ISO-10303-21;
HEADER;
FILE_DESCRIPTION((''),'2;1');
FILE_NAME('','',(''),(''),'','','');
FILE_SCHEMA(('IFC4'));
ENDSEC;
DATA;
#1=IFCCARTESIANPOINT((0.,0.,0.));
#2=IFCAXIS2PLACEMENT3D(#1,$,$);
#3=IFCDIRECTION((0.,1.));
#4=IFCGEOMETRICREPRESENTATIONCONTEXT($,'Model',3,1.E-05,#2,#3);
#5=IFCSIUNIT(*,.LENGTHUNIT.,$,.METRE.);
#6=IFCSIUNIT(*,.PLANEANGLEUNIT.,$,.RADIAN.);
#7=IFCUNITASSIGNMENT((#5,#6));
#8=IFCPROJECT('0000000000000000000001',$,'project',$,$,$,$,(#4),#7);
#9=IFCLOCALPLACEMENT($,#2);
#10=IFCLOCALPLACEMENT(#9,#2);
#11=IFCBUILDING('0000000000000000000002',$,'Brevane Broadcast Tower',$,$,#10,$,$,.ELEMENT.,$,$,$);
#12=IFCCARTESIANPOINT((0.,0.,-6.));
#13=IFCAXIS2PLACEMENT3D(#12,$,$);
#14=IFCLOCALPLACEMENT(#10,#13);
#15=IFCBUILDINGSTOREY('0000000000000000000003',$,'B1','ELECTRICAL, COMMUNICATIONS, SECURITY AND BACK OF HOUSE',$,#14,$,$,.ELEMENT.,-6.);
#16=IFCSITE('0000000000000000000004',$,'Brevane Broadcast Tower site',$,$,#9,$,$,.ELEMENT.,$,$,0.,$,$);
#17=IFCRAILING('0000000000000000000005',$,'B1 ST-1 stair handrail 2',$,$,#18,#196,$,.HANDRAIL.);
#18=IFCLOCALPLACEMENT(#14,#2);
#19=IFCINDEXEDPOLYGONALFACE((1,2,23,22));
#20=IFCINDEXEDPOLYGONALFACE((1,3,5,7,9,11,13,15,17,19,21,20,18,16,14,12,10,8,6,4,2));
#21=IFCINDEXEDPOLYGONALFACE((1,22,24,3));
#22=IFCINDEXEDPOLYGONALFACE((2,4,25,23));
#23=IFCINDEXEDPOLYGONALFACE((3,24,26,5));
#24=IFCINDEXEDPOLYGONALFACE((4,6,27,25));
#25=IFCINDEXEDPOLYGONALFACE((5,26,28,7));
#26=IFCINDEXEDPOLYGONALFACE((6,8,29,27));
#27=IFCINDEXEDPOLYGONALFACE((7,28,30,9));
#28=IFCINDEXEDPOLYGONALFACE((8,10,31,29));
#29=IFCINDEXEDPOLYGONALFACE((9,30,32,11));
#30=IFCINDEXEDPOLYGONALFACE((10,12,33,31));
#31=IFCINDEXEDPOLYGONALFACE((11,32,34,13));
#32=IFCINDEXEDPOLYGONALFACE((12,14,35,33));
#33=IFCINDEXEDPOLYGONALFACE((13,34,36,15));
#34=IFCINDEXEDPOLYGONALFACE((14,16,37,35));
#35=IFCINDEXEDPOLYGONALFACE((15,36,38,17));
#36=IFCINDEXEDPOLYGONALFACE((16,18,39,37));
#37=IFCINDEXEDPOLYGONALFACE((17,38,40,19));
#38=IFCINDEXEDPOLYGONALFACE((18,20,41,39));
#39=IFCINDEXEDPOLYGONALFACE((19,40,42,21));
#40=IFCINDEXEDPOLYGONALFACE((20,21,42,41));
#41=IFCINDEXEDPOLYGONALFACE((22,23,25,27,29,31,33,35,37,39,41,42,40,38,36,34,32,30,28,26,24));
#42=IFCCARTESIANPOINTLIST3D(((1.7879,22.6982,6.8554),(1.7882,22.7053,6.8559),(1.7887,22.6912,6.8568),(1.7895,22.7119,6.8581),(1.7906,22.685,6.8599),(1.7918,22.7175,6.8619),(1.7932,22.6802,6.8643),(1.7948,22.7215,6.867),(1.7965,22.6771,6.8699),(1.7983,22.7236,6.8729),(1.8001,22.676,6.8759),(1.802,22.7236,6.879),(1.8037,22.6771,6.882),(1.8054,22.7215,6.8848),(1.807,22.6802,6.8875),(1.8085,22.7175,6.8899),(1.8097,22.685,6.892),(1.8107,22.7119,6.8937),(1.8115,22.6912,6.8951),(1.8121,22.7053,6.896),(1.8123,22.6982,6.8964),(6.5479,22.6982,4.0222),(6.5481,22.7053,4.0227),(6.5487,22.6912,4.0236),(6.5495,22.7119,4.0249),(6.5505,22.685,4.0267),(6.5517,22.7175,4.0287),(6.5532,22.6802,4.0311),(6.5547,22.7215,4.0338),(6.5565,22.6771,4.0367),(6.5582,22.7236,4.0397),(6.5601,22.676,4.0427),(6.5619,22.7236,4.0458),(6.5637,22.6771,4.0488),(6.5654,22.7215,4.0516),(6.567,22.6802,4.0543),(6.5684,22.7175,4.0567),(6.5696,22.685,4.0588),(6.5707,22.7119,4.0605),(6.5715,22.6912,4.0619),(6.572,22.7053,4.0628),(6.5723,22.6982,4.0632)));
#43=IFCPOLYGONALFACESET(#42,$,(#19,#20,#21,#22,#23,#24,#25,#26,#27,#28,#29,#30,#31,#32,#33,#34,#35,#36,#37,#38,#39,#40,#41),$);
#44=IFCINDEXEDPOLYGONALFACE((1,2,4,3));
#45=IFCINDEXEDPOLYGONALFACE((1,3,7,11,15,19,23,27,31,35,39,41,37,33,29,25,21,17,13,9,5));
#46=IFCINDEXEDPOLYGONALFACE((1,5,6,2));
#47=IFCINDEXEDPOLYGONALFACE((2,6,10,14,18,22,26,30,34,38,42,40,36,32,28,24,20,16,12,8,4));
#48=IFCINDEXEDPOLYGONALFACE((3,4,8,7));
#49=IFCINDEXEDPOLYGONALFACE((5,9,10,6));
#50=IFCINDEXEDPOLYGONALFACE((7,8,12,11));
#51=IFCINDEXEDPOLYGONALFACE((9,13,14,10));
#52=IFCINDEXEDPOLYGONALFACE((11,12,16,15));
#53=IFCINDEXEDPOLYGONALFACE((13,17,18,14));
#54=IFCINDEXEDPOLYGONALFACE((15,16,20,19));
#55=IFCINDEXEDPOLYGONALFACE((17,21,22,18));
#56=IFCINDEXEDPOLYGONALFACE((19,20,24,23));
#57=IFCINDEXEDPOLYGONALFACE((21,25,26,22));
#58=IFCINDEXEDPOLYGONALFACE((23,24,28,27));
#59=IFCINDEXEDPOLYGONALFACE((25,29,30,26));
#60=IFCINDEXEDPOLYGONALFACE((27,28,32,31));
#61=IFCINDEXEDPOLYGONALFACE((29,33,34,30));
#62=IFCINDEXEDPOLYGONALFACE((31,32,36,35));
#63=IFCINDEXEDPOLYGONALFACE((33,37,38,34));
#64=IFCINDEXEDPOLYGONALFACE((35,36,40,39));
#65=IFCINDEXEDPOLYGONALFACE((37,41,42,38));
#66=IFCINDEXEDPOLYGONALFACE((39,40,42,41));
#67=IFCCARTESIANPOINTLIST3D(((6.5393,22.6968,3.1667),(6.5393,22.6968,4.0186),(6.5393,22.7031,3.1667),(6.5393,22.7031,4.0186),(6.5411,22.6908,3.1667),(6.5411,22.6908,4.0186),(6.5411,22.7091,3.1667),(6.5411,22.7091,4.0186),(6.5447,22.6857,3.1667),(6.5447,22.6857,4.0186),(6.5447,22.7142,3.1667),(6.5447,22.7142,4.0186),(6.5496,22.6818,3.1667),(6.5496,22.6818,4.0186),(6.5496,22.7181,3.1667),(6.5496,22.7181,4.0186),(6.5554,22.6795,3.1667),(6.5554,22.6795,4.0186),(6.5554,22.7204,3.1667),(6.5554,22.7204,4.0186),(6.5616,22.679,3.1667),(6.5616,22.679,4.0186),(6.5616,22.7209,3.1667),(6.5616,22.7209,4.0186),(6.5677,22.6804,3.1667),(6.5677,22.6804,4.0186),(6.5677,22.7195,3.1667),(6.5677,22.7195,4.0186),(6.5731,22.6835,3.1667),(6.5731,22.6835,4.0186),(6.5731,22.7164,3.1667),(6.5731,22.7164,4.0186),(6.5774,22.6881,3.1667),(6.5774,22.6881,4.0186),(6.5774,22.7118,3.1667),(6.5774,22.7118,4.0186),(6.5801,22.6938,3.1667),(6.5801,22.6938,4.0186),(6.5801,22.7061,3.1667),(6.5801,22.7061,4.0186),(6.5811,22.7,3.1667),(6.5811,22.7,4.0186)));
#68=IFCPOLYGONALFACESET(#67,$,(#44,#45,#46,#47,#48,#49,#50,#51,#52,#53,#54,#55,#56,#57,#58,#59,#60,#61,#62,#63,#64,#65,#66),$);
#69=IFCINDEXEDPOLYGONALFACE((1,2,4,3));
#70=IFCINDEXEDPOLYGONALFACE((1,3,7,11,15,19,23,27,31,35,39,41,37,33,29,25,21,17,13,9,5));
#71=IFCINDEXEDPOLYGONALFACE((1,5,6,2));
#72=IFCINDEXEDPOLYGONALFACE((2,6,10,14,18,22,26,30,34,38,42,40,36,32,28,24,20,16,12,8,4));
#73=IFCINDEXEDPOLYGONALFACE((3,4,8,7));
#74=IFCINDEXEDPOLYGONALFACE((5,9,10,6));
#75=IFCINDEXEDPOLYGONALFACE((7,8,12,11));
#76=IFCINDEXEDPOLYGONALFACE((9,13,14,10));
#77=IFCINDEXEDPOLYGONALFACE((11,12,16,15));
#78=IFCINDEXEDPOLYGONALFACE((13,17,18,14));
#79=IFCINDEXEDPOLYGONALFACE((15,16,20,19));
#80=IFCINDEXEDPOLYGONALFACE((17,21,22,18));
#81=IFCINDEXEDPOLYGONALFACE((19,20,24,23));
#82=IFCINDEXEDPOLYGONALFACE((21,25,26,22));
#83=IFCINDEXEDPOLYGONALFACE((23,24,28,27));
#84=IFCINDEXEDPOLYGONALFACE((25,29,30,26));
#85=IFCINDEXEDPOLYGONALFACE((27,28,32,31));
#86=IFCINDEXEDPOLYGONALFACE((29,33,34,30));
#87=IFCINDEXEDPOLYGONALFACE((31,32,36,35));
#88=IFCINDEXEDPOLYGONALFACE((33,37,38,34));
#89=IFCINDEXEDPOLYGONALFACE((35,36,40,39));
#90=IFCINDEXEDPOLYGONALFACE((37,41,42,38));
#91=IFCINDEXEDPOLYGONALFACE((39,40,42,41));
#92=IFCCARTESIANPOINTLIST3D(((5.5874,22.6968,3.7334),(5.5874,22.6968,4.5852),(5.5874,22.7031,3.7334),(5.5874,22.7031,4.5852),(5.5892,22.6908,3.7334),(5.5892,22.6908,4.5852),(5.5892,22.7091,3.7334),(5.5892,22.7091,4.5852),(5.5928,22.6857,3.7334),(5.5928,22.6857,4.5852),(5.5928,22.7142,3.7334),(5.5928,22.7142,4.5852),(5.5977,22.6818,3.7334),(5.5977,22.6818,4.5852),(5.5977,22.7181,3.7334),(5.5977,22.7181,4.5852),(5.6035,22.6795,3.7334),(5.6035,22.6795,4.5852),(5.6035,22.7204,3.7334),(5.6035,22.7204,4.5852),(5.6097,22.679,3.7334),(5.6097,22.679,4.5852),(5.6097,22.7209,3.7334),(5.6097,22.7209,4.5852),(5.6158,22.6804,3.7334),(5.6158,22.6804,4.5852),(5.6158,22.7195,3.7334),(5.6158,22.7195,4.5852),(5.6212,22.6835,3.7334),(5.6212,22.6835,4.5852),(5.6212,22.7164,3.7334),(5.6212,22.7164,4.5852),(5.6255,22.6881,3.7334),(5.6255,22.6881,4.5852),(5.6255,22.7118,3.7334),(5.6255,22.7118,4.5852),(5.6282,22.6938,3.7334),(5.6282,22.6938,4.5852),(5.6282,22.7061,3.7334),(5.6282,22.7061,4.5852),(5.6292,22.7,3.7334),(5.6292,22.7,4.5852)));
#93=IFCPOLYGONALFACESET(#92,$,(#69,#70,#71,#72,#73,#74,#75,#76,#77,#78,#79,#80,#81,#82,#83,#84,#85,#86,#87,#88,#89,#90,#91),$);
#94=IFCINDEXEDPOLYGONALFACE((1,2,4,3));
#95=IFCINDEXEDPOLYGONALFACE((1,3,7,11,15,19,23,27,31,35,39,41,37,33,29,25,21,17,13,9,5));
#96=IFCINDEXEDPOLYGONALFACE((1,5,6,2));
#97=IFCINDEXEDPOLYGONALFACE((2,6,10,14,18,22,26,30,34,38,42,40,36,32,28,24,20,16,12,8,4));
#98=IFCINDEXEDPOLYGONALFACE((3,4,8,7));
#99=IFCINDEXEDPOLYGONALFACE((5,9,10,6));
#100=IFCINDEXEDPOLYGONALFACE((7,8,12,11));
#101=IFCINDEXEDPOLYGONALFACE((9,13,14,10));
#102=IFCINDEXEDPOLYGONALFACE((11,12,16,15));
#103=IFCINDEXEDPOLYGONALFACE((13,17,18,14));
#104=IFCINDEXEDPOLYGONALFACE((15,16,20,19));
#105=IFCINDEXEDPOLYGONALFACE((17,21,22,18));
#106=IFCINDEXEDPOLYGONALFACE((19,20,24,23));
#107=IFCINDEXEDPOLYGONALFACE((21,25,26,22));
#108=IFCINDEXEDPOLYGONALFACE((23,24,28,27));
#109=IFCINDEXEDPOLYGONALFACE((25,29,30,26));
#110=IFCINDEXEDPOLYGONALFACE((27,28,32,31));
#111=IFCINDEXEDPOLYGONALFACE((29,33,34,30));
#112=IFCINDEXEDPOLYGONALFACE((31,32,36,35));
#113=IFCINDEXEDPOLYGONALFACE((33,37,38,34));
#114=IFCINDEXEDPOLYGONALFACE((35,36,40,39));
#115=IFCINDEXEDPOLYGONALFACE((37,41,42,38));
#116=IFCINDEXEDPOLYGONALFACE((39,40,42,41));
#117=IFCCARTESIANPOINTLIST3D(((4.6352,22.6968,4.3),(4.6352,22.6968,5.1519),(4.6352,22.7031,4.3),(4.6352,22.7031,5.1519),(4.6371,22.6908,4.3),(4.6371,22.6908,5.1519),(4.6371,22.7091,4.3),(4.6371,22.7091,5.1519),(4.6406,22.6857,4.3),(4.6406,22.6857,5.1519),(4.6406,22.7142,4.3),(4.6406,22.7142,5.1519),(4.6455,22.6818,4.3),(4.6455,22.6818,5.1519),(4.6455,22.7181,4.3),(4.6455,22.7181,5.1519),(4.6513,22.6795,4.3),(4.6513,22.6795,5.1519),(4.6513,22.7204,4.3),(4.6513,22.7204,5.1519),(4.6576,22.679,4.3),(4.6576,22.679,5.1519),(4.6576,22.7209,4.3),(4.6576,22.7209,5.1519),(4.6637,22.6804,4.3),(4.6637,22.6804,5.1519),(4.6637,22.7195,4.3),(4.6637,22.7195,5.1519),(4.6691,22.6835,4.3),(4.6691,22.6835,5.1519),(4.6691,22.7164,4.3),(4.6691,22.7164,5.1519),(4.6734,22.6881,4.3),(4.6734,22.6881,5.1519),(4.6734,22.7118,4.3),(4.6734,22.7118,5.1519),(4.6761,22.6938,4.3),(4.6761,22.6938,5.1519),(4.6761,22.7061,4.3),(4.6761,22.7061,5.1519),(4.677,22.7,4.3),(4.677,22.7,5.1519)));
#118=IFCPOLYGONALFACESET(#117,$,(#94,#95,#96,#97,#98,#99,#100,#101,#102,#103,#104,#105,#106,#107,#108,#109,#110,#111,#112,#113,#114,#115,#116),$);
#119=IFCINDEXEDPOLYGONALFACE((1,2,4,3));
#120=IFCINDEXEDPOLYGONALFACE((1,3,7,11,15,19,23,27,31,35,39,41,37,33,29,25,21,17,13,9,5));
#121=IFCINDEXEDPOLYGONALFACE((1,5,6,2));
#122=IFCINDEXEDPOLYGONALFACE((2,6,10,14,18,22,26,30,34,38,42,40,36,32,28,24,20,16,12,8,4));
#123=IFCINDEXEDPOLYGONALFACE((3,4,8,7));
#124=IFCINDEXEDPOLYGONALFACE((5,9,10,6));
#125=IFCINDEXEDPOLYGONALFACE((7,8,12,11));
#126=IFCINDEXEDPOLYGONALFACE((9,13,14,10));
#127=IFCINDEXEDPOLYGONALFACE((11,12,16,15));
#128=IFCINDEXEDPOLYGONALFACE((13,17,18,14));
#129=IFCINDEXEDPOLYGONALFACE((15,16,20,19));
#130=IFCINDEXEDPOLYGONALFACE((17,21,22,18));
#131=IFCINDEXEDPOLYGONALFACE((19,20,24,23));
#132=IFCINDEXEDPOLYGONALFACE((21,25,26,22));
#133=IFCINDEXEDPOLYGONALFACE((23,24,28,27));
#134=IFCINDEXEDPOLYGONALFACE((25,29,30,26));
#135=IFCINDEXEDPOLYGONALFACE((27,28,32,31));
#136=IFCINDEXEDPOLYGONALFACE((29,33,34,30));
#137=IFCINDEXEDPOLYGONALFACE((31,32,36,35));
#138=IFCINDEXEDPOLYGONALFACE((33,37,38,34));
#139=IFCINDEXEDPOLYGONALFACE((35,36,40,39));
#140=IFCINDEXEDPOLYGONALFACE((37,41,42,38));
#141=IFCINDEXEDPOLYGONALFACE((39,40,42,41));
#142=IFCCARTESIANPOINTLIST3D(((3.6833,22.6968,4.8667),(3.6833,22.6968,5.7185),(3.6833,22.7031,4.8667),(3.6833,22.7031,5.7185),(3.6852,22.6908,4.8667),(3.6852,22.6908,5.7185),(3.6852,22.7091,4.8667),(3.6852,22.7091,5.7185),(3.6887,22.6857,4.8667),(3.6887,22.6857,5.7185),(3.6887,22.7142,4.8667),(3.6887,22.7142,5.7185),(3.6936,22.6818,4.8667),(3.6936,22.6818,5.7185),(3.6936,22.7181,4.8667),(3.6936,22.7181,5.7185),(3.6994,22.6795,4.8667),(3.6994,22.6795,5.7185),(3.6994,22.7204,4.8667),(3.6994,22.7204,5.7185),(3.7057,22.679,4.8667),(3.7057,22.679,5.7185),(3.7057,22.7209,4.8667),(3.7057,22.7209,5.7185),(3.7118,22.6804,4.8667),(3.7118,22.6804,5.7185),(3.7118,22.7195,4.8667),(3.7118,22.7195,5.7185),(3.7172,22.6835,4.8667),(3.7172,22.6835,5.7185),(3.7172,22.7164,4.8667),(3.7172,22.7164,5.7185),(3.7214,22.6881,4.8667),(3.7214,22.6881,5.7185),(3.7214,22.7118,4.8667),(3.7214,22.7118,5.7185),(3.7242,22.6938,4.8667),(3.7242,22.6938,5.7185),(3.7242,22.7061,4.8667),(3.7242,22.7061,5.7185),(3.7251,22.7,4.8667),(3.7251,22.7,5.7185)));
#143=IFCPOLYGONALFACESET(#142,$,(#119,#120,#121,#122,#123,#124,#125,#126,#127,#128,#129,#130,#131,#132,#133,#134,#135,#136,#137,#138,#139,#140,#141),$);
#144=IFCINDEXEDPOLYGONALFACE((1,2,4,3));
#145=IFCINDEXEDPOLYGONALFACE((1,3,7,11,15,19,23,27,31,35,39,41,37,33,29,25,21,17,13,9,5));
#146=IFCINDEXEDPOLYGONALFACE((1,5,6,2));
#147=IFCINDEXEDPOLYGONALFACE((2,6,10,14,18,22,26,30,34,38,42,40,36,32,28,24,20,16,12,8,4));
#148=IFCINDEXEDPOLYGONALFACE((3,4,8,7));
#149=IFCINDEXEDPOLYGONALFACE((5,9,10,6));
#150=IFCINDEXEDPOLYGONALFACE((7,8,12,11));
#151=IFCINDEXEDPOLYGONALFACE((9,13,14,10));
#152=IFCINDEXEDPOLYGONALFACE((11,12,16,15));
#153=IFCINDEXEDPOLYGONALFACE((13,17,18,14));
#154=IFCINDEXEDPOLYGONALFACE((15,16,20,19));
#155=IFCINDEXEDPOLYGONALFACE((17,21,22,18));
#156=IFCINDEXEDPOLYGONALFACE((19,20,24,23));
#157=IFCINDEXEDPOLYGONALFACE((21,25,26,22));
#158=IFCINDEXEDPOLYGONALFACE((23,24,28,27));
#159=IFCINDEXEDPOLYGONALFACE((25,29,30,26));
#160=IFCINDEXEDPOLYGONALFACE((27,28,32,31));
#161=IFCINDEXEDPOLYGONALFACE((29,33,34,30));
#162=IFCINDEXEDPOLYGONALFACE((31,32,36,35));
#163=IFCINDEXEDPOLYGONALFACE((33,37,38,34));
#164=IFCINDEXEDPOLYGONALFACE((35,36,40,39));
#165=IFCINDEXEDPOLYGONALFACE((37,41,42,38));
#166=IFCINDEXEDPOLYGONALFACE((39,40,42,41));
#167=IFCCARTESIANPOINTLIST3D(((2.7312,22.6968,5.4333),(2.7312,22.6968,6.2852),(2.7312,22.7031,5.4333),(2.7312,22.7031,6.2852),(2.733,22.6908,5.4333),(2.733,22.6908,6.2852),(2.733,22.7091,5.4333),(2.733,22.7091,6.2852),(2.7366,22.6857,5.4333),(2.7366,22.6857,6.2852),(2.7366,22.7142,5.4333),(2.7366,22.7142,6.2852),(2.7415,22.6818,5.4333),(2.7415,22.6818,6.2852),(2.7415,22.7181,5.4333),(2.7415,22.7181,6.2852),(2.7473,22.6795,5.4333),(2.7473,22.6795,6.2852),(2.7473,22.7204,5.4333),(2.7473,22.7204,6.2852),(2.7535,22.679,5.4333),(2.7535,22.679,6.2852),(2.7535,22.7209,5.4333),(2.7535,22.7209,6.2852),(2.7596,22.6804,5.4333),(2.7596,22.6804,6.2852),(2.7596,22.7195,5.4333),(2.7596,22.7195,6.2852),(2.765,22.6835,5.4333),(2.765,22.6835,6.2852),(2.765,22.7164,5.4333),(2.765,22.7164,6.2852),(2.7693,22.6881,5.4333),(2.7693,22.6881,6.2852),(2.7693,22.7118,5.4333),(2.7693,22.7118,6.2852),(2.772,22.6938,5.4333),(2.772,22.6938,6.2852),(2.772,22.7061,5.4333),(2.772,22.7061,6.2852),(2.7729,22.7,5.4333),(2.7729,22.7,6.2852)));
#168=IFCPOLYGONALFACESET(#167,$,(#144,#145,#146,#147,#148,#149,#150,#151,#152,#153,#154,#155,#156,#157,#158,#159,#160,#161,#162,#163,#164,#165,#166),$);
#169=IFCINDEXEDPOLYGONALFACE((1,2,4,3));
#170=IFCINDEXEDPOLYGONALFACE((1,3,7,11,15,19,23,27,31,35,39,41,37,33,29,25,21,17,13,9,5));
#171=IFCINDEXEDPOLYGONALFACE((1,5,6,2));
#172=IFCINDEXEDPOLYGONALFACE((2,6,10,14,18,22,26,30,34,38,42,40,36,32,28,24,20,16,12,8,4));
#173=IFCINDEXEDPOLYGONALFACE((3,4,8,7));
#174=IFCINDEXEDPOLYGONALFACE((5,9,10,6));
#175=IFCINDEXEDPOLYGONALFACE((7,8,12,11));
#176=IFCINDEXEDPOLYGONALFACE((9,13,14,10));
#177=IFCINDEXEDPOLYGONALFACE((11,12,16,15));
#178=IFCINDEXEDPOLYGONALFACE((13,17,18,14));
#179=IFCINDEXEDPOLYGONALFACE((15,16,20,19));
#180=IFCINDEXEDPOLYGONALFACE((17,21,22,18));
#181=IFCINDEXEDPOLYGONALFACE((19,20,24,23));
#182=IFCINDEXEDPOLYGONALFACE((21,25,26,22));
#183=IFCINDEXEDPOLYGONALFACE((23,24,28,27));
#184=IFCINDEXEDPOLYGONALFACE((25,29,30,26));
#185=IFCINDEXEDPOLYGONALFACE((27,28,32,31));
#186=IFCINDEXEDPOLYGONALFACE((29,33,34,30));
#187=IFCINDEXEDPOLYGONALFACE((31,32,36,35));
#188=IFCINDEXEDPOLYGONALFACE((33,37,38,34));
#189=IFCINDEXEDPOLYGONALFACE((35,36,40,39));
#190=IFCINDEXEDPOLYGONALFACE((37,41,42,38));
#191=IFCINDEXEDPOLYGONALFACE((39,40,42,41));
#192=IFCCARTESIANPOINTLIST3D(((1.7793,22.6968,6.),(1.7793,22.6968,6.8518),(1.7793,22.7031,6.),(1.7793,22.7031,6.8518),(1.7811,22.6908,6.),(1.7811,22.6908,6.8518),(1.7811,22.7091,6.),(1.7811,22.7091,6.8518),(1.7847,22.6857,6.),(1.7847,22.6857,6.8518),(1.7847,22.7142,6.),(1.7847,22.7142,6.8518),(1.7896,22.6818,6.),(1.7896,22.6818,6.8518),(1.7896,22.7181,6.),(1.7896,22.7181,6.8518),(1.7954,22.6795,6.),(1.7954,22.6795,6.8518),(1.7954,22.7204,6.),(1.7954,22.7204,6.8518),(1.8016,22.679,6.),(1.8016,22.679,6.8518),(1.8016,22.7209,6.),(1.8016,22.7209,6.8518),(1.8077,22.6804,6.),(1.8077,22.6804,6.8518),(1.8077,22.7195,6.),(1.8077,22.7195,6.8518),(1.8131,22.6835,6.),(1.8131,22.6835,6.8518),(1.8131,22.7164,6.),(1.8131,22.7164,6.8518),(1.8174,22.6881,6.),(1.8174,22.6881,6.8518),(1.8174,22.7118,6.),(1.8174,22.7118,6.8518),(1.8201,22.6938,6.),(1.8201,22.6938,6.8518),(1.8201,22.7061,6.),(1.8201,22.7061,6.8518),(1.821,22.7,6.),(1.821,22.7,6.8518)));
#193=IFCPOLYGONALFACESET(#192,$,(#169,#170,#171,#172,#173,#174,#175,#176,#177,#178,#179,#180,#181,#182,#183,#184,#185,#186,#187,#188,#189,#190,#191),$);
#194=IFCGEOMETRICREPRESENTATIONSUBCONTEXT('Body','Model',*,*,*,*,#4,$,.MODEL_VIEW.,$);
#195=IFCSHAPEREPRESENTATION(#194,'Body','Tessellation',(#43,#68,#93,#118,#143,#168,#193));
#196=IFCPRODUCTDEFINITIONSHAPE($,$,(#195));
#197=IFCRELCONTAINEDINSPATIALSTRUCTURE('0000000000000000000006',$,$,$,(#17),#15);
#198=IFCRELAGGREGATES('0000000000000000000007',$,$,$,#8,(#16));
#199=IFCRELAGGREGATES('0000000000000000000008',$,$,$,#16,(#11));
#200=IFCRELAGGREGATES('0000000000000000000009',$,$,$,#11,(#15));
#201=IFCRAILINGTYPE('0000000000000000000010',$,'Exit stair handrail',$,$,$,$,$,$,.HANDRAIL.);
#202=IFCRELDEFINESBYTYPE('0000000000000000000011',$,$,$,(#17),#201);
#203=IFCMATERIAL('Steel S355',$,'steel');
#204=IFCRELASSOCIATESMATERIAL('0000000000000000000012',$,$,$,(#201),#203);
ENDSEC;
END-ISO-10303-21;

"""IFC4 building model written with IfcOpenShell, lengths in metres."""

from ifc_helpers import new_model, si_unit, direction, frame, origin, origin_2d, place, context, subcontext, project, spatial, circle, extrude, material, type_object, element, save


model = new_model("IFC4")

# Units and contexts
model_context = context("Model", 3, precision=1e-05, world=origin(), true_north=direction((0.0, 1.0)))
body_context = subcontext(model_context, "Body", "Model", "MODEL_VIEW")
ifc_project = project(units=[si_unit("LENGTHUNIT", "METRE"), si_unit("PLANEANGLEUNIT", "RADIAN")], contexts=[model_context])

# Site, building, storey
site_placement = place(None, origin())
site = spatial("IfcSite", under=ifc_project, at=site_placement, Name="Brevane Broadcast Tower site", CompositionType="ELEMENT", RefElevation=0.0)
building_placement = place(site_placement, origin())
building = spatial("IfcBuilding", under=site, at=building_placement, Name="Brevane Broadcast Tower", CompositionType="ELEMENT")
storey_placement = place(building_placement, frame((0.0, 0.0, -6.0)))
storey = spatial("IfcBuildingStorey", under=building, at=storey_placement, Name="B1", Description="ELECTRICAL, COMMUNICATIONS, SECURITY AND BACK OF HOUSE", CompositionType="ELEMENT", Elevation=-6.0)

# Railing
ifc_material_1 = material(Name="Steel S355", Category="steel")
railing_type_1 = type_object("IfcRailingType", Name="Exit stair handrail", PredefinedType="HANDRAIL", material=ifc_material_1)
railing_1_placement = place(storey_placement, frame((6.5601, 22.7, 3.1667)))
element("IfcRailing", 1, at=railing_1_placement, inside=storey, type_object=railing_type_1, Name="B1 ST-1 stair handrail 2", PredefinedType="HANDRAIL", context=body_context, shape_type="SweptSolid", body=[
    extrude(circle(Radius=0.0239, at=origin_2d()), frame((0.0, 0.0, 0.876), z_axis=(-0.8593, 0.0, 0.511472), x_axis=(0.0, -1.0, 0.0)), (0.0, 0.0, 1.0), 5.5393),
    extrude(circle(Radius=0.021, at=origin_2d()), origin(), (0.0, 0.0, 1.0), 0.8518),
    extrude(circle(Radius=0.021, at=origin_2d()), frame((-0.9519, 0.0, 0.5667)), (0.0, 0.0, 1.0), 0.8518),
    extrude(circle(Radius=0.021, at=origin_2d()), frame((-1.9041, 0.0, 1.1333)), (0.0, 0.0, 1.0), 0.8518),
    extrude(circle(Radius=0.021, at=origin_2d()), frame((-2.856, 0.0, 1.7)), (0.0, 0.0, 1.0), 0.8518),
    extrude(circle(Radius=0.021, at=origin_2d()), frame((-3.8081, 0.0, 2.2666)), (0.0, 0.0, 1.0), 0.8518),
    extrude(circle(Radius=0.021, at=origin_2d()), frame((-4.76, 0.0, 2.8333)), (0.0, 0.0, 1.0), 0.8518),
])

save(model, "model.ifc")
